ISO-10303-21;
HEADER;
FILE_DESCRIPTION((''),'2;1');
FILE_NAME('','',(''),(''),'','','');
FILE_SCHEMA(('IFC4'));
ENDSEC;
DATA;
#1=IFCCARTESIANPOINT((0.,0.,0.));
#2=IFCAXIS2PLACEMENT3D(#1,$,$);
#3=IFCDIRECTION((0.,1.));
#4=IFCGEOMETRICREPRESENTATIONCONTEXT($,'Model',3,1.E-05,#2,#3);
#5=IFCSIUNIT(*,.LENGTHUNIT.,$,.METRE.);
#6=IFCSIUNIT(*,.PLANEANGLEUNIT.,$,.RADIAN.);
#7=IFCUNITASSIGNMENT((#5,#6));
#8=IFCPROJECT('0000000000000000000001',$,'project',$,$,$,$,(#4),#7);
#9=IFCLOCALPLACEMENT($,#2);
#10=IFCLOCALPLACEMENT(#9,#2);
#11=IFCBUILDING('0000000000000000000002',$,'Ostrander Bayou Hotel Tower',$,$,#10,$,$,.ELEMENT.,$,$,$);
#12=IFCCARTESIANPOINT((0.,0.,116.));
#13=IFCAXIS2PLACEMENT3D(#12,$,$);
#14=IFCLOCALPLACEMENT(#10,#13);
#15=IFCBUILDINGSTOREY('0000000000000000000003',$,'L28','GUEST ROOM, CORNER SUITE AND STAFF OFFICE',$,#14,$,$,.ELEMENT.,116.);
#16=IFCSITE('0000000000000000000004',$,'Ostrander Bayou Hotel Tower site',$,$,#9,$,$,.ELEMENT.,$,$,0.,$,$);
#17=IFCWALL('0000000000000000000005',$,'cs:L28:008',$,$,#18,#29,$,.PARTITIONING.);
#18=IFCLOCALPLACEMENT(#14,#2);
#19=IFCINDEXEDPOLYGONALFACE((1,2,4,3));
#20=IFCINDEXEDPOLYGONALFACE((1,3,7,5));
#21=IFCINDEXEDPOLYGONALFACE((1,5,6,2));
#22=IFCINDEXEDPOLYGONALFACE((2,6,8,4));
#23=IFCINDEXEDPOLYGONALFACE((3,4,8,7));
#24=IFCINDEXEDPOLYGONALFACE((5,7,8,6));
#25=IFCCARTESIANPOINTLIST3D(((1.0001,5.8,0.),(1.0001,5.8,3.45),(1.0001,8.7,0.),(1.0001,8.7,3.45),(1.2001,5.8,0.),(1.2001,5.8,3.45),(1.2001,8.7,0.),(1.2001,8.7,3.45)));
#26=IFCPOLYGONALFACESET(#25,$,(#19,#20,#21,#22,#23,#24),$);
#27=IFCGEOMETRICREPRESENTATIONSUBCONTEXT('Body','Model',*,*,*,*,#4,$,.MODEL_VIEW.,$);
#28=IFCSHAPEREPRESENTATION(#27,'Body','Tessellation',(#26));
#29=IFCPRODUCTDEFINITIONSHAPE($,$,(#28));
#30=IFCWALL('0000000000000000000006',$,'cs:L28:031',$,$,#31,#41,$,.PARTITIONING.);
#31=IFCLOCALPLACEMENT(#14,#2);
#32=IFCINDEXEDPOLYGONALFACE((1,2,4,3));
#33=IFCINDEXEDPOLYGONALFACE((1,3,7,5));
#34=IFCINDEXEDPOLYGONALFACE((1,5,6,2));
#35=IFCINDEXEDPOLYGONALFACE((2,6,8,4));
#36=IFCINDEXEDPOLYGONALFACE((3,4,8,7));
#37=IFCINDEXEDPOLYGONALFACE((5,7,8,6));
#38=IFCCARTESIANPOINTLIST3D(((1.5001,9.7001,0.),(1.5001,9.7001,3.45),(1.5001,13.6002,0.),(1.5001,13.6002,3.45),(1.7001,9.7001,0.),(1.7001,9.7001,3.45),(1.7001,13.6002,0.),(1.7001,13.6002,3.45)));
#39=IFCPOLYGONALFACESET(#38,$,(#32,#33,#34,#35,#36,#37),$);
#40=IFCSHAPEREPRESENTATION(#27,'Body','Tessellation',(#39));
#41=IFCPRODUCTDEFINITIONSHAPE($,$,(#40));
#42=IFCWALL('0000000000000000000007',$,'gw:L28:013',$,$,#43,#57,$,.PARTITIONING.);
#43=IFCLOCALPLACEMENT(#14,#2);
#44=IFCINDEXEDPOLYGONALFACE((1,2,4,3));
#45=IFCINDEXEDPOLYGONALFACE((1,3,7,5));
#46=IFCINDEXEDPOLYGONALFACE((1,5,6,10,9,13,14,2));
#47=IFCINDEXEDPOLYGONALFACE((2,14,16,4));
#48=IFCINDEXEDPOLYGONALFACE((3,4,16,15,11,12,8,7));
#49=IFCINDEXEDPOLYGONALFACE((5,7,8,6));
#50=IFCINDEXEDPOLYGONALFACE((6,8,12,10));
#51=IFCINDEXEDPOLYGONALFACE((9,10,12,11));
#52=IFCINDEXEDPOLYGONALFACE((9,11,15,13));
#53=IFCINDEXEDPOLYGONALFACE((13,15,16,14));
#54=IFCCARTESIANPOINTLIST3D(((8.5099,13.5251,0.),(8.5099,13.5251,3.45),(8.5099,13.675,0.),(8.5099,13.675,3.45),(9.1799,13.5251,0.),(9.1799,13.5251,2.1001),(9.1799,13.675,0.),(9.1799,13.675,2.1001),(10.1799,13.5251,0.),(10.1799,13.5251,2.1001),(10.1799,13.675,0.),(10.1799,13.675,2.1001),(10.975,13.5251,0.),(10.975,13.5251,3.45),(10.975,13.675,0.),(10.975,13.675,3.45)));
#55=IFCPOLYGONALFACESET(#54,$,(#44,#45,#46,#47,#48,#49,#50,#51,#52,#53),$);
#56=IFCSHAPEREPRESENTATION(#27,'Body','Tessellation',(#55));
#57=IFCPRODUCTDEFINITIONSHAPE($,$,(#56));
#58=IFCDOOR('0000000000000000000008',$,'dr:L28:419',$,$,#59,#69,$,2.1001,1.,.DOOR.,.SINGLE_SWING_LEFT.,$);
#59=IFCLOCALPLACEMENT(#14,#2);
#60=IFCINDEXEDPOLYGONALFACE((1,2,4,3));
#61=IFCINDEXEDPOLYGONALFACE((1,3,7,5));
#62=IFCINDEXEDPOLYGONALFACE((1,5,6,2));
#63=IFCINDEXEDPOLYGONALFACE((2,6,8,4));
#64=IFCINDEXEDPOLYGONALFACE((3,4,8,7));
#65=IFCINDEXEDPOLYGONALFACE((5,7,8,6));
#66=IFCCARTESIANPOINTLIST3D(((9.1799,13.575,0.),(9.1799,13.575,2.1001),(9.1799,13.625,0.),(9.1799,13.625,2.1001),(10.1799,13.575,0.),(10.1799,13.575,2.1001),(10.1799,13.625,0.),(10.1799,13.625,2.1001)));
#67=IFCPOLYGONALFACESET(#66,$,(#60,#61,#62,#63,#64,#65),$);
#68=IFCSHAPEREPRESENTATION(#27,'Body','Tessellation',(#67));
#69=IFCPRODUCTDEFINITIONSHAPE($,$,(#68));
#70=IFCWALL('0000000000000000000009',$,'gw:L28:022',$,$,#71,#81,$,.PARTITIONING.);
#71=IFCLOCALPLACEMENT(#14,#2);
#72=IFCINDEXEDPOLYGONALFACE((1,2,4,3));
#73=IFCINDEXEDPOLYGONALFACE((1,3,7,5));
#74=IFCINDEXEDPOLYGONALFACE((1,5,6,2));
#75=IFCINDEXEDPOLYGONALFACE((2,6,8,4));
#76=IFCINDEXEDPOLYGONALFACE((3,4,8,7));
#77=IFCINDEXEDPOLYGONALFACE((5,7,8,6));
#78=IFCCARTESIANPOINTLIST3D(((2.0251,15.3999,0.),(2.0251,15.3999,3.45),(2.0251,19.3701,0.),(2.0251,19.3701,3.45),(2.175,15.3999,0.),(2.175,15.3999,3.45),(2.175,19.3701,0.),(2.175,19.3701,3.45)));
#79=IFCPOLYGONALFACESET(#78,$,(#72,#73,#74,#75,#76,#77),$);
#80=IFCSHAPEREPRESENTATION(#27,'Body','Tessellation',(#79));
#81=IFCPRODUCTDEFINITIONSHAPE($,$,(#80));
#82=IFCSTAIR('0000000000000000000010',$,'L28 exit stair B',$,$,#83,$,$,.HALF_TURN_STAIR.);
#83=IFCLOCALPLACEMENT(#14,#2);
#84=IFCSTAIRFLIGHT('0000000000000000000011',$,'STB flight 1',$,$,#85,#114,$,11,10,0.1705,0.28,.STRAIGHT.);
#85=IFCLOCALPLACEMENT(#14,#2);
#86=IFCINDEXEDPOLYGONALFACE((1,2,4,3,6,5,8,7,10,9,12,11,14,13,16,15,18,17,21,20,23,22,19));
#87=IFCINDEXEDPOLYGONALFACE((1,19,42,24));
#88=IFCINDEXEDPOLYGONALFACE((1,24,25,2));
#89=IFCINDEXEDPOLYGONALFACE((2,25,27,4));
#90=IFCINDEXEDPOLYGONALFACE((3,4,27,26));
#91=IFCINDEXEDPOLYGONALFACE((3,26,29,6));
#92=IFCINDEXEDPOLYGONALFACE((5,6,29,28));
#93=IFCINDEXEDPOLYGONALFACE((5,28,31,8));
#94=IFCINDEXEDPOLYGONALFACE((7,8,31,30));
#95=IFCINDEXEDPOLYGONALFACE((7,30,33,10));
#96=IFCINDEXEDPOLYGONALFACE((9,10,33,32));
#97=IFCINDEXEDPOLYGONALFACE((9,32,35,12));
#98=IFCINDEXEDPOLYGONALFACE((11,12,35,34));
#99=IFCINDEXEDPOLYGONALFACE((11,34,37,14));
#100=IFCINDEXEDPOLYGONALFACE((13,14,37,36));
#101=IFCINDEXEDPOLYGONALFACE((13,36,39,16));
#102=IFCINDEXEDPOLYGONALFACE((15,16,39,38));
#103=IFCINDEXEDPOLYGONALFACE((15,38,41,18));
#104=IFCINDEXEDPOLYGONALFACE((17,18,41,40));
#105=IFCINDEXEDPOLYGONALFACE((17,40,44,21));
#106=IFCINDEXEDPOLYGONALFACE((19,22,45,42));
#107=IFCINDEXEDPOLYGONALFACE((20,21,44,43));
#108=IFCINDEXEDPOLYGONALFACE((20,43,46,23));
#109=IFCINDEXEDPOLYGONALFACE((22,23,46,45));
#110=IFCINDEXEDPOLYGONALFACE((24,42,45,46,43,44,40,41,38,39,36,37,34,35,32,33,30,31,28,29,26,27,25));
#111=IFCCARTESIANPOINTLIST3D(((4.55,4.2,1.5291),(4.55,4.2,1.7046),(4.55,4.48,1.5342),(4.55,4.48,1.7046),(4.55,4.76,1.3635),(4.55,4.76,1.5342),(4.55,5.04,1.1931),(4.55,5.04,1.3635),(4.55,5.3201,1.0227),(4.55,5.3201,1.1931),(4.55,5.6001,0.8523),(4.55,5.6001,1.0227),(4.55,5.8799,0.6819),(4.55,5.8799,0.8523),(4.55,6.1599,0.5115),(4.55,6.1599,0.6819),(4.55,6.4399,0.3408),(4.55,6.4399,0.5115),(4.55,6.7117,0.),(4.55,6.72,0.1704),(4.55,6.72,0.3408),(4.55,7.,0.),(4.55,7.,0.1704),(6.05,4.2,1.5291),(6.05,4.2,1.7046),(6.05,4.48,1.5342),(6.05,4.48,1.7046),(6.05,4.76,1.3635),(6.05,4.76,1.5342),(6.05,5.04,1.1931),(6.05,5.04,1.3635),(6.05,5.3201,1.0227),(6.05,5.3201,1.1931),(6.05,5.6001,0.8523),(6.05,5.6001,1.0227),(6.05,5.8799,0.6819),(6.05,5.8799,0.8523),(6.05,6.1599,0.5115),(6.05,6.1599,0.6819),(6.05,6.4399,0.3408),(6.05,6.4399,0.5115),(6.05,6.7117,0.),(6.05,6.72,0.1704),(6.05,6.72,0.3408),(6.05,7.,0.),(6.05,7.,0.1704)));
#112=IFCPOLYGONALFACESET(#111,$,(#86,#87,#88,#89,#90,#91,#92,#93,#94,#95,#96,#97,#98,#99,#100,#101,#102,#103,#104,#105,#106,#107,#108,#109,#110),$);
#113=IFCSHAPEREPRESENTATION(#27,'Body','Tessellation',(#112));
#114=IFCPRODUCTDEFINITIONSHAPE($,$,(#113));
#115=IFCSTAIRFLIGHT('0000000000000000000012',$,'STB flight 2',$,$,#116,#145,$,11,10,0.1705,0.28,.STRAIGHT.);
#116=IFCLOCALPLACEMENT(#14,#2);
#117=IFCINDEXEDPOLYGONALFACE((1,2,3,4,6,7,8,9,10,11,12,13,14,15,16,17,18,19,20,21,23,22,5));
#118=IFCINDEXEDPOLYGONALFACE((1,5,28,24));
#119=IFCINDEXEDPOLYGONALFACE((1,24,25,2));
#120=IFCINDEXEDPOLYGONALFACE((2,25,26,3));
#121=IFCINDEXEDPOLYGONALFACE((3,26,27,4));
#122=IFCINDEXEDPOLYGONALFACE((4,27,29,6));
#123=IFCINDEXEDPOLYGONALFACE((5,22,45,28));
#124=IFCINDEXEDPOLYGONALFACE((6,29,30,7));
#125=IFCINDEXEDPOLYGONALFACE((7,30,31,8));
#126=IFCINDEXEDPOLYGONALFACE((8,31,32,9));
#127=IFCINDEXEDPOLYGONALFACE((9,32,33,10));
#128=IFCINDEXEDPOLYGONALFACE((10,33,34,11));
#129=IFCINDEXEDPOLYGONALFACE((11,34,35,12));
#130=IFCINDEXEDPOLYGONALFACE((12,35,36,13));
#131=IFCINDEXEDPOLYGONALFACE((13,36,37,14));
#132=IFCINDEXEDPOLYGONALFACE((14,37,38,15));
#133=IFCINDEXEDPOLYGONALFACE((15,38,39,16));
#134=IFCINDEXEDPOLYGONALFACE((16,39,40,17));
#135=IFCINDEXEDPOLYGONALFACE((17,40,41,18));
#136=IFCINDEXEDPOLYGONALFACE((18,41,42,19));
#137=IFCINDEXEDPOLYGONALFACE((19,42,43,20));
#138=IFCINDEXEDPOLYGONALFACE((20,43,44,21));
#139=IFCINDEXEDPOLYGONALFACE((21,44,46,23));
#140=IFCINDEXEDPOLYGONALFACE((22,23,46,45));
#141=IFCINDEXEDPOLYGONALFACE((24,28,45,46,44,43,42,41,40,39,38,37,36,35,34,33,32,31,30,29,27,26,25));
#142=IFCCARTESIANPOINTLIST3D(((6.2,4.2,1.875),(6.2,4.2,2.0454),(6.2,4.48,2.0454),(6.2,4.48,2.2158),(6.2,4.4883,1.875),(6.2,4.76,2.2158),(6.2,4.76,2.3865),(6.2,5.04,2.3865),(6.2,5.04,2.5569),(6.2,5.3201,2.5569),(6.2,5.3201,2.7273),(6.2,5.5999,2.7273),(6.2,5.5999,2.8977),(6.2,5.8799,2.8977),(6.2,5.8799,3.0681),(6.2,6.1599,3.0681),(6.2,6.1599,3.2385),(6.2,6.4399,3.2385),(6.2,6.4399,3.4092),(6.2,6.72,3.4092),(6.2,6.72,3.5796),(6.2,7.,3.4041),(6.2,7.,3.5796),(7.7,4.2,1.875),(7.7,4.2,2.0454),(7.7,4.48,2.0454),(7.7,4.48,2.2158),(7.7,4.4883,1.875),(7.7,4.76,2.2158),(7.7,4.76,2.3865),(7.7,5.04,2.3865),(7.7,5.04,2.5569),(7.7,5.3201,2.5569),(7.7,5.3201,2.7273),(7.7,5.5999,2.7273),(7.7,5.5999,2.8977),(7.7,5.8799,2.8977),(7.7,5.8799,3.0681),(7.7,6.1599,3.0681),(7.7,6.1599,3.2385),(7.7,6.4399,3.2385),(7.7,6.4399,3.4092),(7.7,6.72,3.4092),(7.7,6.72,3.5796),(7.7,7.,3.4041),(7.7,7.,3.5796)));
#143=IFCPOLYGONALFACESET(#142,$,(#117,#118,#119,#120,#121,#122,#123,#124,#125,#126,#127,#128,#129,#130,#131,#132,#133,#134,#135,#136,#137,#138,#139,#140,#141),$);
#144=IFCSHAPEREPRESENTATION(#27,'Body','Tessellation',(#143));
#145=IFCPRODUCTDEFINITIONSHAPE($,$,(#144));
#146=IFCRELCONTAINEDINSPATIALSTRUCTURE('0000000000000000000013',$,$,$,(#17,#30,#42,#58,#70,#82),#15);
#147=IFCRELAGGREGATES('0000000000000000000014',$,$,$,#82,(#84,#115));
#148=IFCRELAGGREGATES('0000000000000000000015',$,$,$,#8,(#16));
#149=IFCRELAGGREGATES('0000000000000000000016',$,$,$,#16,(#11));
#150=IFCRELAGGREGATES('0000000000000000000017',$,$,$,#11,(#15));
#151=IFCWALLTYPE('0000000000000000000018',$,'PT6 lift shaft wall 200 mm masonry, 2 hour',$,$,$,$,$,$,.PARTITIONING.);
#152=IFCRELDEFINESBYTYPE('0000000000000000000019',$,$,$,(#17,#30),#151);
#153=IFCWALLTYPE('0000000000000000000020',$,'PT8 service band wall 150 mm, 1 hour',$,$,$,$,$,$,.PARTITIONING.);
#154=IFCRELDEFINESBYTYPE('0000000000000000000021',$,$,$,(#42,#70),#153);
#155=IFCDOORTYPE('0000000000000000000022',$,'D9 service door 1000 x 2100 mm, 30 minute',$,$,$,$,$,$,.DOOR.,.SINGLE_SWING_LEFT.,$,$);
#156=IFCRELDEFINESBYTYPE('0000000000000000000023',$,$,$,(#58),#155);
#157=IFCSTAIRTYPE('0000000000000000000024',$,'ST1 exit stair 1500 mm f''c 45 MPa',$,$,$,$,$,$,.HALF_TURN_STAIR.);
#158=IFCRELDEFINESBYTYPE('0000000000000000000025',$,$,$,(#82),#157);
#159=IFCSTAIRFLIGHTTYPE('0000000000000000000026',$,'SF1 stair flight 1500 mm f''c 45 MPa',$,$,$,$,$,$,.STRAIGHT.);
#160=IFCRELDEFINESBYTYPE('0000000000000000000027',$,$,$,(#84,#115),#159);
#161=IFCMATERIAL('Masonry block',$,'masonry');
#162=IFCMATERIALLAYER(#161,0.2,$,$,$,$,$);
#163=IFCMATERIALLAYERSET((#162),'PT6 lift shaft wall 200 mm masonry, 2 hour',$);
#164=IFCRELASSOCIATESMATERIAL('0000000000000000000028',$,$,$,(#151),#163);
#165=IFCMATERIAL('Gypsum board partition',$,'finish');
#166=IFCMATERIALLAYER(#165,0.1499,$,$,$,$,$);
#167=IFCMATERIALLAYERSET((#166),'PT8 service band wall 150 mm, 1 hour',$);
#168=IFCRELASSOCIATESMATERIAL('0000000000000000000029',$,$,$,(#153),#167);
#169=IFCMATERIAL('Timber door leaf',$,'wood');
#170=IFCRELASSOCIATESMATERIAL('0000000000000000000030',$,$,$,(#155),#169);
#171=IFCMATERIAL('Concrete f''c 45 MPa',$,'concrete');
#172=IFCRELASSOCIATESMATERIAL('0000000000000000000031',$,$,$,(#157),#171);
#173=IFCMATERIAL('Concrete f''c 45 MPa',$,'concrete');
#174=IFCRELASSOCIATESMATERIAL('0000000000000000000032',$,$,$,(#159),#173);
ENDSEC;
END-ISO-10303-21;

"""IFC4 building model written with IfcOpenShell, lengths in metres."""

from ifc_helpers import new_model, si_unit, direction, frame, frame_2d, origin, place, context, subcontext, project, spatial, polyline, rectangle, outline, extrude, material, layer, layer_set, type_object, element, fill, aggregate, save


model = new_model("IFC4")

# Units and contexts
model_context = context("Model", 3, precision=1e-05, world=origin(), true_north=direction((0.0, 1.0)))
body_context = subcontext(model_context, "Body", "Model", "MODEL_VIEW")
ifc_project = project(units=[si_unit("LENGTHUNIT", "METRE"), si_unit("PLANEANGLEUNIT", "RADIAN")], contexts=[model_context])

# Site, building, storey
site_placement = place(None, origin())
site = spatial("IfcSite", under=ifc_project, at=site_placement, Name="Ostrander Bayou Hotel Tower site", CompositionType="ELEMENT", RefElevation=0.0)
building_placement = place(site_placement, origin())
building = spatial("IfcBuilding", under=site, at=building_placement, Name="Ostrander Bayou Hotel Tower", CompositionType="ELEMENT")
storey_placement = place(building_placement, frame((0.0, 0.0, 116.0)))
storey = spatial("IfcBuildingStorey", under=building, at=storey_placement, Name="L28", Description="GUEST ROOM, CORNER SUITE AND STAFF OFFICE", CompositionType="ELEMENT", Elevation=116.0)

# Walls
ifc_material_1 = material(Name="Masonry block", Category="masonry")
ifc_layer_1 = layer(ifc_material_1, 0.2)
ifc_layer_set_1 = layer_set([ifc_layer_1], Name="PT6 lift shaft wall 200 mm masonry, 2 hour")
wall_type_1 = type_object("IfcWallType", Name="PT6 lift shaft wall 200 mm masonry, 2 hour", PredefinedType="PARTITIONING", material=ifc_layer_set_1)
wall_1_placement = place(storey_placement, frame((1.1001, 5.8, 0.0), z_axis=(0.0, 0.0, 1.0), x_axis=(0.0, 1.0, 0.0)))
element("IfcWall", 1, at=wall_1_placement, inside=storey, type_object=wall_type_1, Name="cs:L28:008", PredefinedType="PARTITIONING", context=body_context, shape_type="SweptSolid", body=[
    extrude(rectangle(XDim=2.8999, YDim=0.2, at=frame_2d((1.45, 0.0))), origin(), (0.0, 0.0, 1.0), 3.45),
])
wall_2_placement = place(storey_placement, frame((1.6001, 9.7, 0.0), z_axis=(0.0, 0.0, 1.0), x_axis=(0.0, 1.0, 0.0)))
element("IfcWall", 2, at=wall_2_placement, inside=storey, type_object=wall_type_1, Name="cs:L28:031", PredefinedType="PARTITIONING", context=body_context, shape_type="SweptSolid", body=[
    extrude(rectangle(XDim=3.9001, YDim=0.2, at=frame_2d((1.9502, 0.0))), origin(), (0.0, 0.0, 1.0), 3.45),
])

# Wall, opening, door
ifc_material_2 = material(Name="Gypsum board partition", Category="finish")
ifc_layer_2 = layer(ifc_material_2, 0.1499)
ifc_layer_set_2 = layer_set([ifc_layer_2], Name="PT8 service band wall 150 mm, 1 hour")
wall_type_2 = type_object("IfcWallType", Name="PT8 service band wall 150 mm, 1 hour", PredefinedType="PARTITIONING", material=ifc_layer_set_2)
wall_3_placement = place(storey_placement, frame((8.51, 13.6001, 0.0), z_axis=(0.0, 0.0, 1.0), x_axis=(1.0, 0.0, 0.0)))
wall_3 = element("IfcWall", 3, at=wall_3_placement, inside=storey, type_object=wall_type_2, Name="gw:L28:013", PredefinedType="PARTITIONING", context=body_context, shape_type="SweptSolid", body=[
    extrude(rectangle(XDim=2.4651, YDim=0.1499, at=frame_2d((1.2324, 0.0))), origin(), (0.0, 0.0, 1.0), 3.45),
])
opening_1_placement = place(wall_3_placement, frame((0.6699, 0.0, 0.0)))
opening_1 = element("IfcOpeningElement", 4, at=opening_1_placement, cuts=wall_3, PredefinedType="OPENING", context=body_context, shape_type="SweptSolid", body=[
    extrude(rectangle(XDim=1.0, YDim=2.1001, at=frame_2d((0.5, 1.05))), frame((0.0, 0.075, 0.0), z_axis=(0.0, -1.0, 0.0), x_axis=(1.0, 0.0, 0.0)), (0.0, 0.0, 1.0), 0.1499),
])
ifc_material_3 = material(Name="Timber door leaf", Category="wood")
door_type_1 = type_object("IfcDoorType", Name="D9 service door 1000 x 2100 mm, 30 minute", OperationType="SINGLE_SWING_LEFT", PredefinedType="DOOR", material=ifc_material_3)
door_1_placement = place(opening_1_placement, origin())
door_1 = element("IfcDoor", 5, at=door_1_placement, inside=storey, type_object=door_type_1, Name="dr:L28:419", OperationType="SINGLE_SWING_LEFT", OverallHeight=2.1001, OverallWidth=1.0, PredefinedType="DOOR", context=body_context, shape_type="SweptSolid", body=[
    extrude(rectangle(XDim=1.0, YDim=2.1001, at=frame_2d((0.5, 1.05))), frame((0.0, 0.0249, 0.0), z_axis=(0.0, -1.0, 0.0), x_axis=(1.0, 0.0, 0.0)), (0.0, 0.0, 1.0), 0.05),
])
fill(opening_1, door_1)

# Wall
wall_4_placement = place(storey_placement, frame((2.1001, 15.3999, 0.0), z_axis=(0.0, 0.0, 1.0), x_axis=(0.0, 1.0, 0.0)))
element("IfcWall", 6, at=wall_4_placement, inside=storey, type_object=wall_type_2, Name="gw:L28:022", PredefinedType="PARTITIONING", context=body_context, shape_type="SweptSolid", body=[
    extrude(rectangle(XDim=3.9702, YDim=0.1499, at=frame_2d((1.9851, 0.0))), origin(), (0.0, 0.0, 1.0), 3.45),
])

# Stair, stair flights
ifc_material_4 = material(Name="Concrete f'c 45 MPa", Category="concrete")
stair_type = type_object("IfcStairType", Name="ST1 exit stair 1500 mm f'c 45 MPa", PredefinedType="HALF_TURN_STAIR", material=ifc_material_4)
stair_placement = place(storey_placement, origin())
stair = element("IfcStair", 7, at=stair_placement, inside=storey, type_object=stair_type, Name="L28 exit stair B", PredefinedType="HALF_TURN_STAIR")
ifc_material_5 = material(Name="Concrete f'c 45 MPa", Category="concrete")
stair_flight_type = type_object("IfcStairFlightType", Name="SF1 stair flight 1500 mm f'c 45 MPa", PredefinedType="STRAIGHT", material=ifc_material_5)
stair_flight_1_placement = place(storey_placement, frame((5.3, 7.0, 0.0), z_axis=(0.0, 0.0, 1.0), x_axis=(0.0, -1.0, 0.0)))
stair_flight_1 = element("IfcStairFlight", 8, at=stair_flight_1_placement, type_object=stair_flight_type, Name="STB flight 1", NumberOfRisers=11, NumberOfTreads=10, PredefinedType="STRAIGHT", RiserHeight=0.1705, TreadLength=0.28, context=body_context, shape_type="SweptSolid", body=[
    extrude(outline(polyline([(0.0, 0.0), (0.0, 0.1704), (0.28, 0.1704), (0.28, 0.3408), (0.5601, 0.3408), (0.5601, 0.5115), (0.8401, 0.5115), (0.8401, 0.6819), (1.1201, 0.6819), (1.1201, 0.8523), (1.3999, 0.8523), (1.3999, 1.0227), (1.6799, 1.0227), (1.6799, 1.1931), (1.96, 1.1931), (1.96, 1.3635), (2.24, 1.3635), (2.24, 1.5342), (2.52, 1.5342), (2.52, 1.7046), (2.8, 1.7046), (2.8, 1.875), (2.8, 1.5291), (0.2883, 0.0), (0.0, 0.0)])), frame((0.0, 0.75, 0.0), z_axis=(0.0, -1.0, 0.0), x_axis=(1.0, 0.0, 0.0)), (0.0, 0.0, 1.0), 1.5),
])
stair_flight_2_placement = place(storey_placement, frame((6.95, 4.2, 1.875), z_axis=(0.0, 0.0, 1.0), x_axis=(0.0, 1.0, 0.0)))
stair_flight_2 = element("IfcStairFlight", 9, at=stair_flight_2_placement, type_object=stair_flight_type, Name="STB flight 2", NumberOfRisers=11, NumberOfTreads=10, PredefinedType="STRAIGHT", RiserHeight=0.1705, TreadLength=0.28, context=body_context, shape_type="SweptSolid", body=[
    extrude(outline(polyline([(0.0, 0.0), (0.0, 0.1704), (0.28, 0.1704), (0.28, 0.3408), (0.5601, 0.3408), (0.5601, 0.5115), (0.8401, 0.5115), (0.8401, 0.6819), (1.1201, 0.6819), (1.1201, 0.8523), (1.3999, 0.8523), (1.3999, 1.0227), (1.6799, 1.0227), (1.6799, 1.1931), (1.96, 1.1931), (1.96, 1.3635), (2.24, 1.3635), (2.24, 1.5342), (2.52, 1.5342), (2.52, 1.7046), (2.8, 1.7046), (2.8, 1.875), (2.8, 1.5291), (0.2883, 0.0), (0.0, 0.0)])), frame((0.0, 0.75, 0.0), z_axis=(0.0, -1.0, 0.0), x_axis=(1.0, 0.0, 0.0)), (0.0, 0.0, 1.0), 1.5),
])
aggregate(stair, [stair_flight_1, stair_flight_2])

save(model, "model.ifc")
